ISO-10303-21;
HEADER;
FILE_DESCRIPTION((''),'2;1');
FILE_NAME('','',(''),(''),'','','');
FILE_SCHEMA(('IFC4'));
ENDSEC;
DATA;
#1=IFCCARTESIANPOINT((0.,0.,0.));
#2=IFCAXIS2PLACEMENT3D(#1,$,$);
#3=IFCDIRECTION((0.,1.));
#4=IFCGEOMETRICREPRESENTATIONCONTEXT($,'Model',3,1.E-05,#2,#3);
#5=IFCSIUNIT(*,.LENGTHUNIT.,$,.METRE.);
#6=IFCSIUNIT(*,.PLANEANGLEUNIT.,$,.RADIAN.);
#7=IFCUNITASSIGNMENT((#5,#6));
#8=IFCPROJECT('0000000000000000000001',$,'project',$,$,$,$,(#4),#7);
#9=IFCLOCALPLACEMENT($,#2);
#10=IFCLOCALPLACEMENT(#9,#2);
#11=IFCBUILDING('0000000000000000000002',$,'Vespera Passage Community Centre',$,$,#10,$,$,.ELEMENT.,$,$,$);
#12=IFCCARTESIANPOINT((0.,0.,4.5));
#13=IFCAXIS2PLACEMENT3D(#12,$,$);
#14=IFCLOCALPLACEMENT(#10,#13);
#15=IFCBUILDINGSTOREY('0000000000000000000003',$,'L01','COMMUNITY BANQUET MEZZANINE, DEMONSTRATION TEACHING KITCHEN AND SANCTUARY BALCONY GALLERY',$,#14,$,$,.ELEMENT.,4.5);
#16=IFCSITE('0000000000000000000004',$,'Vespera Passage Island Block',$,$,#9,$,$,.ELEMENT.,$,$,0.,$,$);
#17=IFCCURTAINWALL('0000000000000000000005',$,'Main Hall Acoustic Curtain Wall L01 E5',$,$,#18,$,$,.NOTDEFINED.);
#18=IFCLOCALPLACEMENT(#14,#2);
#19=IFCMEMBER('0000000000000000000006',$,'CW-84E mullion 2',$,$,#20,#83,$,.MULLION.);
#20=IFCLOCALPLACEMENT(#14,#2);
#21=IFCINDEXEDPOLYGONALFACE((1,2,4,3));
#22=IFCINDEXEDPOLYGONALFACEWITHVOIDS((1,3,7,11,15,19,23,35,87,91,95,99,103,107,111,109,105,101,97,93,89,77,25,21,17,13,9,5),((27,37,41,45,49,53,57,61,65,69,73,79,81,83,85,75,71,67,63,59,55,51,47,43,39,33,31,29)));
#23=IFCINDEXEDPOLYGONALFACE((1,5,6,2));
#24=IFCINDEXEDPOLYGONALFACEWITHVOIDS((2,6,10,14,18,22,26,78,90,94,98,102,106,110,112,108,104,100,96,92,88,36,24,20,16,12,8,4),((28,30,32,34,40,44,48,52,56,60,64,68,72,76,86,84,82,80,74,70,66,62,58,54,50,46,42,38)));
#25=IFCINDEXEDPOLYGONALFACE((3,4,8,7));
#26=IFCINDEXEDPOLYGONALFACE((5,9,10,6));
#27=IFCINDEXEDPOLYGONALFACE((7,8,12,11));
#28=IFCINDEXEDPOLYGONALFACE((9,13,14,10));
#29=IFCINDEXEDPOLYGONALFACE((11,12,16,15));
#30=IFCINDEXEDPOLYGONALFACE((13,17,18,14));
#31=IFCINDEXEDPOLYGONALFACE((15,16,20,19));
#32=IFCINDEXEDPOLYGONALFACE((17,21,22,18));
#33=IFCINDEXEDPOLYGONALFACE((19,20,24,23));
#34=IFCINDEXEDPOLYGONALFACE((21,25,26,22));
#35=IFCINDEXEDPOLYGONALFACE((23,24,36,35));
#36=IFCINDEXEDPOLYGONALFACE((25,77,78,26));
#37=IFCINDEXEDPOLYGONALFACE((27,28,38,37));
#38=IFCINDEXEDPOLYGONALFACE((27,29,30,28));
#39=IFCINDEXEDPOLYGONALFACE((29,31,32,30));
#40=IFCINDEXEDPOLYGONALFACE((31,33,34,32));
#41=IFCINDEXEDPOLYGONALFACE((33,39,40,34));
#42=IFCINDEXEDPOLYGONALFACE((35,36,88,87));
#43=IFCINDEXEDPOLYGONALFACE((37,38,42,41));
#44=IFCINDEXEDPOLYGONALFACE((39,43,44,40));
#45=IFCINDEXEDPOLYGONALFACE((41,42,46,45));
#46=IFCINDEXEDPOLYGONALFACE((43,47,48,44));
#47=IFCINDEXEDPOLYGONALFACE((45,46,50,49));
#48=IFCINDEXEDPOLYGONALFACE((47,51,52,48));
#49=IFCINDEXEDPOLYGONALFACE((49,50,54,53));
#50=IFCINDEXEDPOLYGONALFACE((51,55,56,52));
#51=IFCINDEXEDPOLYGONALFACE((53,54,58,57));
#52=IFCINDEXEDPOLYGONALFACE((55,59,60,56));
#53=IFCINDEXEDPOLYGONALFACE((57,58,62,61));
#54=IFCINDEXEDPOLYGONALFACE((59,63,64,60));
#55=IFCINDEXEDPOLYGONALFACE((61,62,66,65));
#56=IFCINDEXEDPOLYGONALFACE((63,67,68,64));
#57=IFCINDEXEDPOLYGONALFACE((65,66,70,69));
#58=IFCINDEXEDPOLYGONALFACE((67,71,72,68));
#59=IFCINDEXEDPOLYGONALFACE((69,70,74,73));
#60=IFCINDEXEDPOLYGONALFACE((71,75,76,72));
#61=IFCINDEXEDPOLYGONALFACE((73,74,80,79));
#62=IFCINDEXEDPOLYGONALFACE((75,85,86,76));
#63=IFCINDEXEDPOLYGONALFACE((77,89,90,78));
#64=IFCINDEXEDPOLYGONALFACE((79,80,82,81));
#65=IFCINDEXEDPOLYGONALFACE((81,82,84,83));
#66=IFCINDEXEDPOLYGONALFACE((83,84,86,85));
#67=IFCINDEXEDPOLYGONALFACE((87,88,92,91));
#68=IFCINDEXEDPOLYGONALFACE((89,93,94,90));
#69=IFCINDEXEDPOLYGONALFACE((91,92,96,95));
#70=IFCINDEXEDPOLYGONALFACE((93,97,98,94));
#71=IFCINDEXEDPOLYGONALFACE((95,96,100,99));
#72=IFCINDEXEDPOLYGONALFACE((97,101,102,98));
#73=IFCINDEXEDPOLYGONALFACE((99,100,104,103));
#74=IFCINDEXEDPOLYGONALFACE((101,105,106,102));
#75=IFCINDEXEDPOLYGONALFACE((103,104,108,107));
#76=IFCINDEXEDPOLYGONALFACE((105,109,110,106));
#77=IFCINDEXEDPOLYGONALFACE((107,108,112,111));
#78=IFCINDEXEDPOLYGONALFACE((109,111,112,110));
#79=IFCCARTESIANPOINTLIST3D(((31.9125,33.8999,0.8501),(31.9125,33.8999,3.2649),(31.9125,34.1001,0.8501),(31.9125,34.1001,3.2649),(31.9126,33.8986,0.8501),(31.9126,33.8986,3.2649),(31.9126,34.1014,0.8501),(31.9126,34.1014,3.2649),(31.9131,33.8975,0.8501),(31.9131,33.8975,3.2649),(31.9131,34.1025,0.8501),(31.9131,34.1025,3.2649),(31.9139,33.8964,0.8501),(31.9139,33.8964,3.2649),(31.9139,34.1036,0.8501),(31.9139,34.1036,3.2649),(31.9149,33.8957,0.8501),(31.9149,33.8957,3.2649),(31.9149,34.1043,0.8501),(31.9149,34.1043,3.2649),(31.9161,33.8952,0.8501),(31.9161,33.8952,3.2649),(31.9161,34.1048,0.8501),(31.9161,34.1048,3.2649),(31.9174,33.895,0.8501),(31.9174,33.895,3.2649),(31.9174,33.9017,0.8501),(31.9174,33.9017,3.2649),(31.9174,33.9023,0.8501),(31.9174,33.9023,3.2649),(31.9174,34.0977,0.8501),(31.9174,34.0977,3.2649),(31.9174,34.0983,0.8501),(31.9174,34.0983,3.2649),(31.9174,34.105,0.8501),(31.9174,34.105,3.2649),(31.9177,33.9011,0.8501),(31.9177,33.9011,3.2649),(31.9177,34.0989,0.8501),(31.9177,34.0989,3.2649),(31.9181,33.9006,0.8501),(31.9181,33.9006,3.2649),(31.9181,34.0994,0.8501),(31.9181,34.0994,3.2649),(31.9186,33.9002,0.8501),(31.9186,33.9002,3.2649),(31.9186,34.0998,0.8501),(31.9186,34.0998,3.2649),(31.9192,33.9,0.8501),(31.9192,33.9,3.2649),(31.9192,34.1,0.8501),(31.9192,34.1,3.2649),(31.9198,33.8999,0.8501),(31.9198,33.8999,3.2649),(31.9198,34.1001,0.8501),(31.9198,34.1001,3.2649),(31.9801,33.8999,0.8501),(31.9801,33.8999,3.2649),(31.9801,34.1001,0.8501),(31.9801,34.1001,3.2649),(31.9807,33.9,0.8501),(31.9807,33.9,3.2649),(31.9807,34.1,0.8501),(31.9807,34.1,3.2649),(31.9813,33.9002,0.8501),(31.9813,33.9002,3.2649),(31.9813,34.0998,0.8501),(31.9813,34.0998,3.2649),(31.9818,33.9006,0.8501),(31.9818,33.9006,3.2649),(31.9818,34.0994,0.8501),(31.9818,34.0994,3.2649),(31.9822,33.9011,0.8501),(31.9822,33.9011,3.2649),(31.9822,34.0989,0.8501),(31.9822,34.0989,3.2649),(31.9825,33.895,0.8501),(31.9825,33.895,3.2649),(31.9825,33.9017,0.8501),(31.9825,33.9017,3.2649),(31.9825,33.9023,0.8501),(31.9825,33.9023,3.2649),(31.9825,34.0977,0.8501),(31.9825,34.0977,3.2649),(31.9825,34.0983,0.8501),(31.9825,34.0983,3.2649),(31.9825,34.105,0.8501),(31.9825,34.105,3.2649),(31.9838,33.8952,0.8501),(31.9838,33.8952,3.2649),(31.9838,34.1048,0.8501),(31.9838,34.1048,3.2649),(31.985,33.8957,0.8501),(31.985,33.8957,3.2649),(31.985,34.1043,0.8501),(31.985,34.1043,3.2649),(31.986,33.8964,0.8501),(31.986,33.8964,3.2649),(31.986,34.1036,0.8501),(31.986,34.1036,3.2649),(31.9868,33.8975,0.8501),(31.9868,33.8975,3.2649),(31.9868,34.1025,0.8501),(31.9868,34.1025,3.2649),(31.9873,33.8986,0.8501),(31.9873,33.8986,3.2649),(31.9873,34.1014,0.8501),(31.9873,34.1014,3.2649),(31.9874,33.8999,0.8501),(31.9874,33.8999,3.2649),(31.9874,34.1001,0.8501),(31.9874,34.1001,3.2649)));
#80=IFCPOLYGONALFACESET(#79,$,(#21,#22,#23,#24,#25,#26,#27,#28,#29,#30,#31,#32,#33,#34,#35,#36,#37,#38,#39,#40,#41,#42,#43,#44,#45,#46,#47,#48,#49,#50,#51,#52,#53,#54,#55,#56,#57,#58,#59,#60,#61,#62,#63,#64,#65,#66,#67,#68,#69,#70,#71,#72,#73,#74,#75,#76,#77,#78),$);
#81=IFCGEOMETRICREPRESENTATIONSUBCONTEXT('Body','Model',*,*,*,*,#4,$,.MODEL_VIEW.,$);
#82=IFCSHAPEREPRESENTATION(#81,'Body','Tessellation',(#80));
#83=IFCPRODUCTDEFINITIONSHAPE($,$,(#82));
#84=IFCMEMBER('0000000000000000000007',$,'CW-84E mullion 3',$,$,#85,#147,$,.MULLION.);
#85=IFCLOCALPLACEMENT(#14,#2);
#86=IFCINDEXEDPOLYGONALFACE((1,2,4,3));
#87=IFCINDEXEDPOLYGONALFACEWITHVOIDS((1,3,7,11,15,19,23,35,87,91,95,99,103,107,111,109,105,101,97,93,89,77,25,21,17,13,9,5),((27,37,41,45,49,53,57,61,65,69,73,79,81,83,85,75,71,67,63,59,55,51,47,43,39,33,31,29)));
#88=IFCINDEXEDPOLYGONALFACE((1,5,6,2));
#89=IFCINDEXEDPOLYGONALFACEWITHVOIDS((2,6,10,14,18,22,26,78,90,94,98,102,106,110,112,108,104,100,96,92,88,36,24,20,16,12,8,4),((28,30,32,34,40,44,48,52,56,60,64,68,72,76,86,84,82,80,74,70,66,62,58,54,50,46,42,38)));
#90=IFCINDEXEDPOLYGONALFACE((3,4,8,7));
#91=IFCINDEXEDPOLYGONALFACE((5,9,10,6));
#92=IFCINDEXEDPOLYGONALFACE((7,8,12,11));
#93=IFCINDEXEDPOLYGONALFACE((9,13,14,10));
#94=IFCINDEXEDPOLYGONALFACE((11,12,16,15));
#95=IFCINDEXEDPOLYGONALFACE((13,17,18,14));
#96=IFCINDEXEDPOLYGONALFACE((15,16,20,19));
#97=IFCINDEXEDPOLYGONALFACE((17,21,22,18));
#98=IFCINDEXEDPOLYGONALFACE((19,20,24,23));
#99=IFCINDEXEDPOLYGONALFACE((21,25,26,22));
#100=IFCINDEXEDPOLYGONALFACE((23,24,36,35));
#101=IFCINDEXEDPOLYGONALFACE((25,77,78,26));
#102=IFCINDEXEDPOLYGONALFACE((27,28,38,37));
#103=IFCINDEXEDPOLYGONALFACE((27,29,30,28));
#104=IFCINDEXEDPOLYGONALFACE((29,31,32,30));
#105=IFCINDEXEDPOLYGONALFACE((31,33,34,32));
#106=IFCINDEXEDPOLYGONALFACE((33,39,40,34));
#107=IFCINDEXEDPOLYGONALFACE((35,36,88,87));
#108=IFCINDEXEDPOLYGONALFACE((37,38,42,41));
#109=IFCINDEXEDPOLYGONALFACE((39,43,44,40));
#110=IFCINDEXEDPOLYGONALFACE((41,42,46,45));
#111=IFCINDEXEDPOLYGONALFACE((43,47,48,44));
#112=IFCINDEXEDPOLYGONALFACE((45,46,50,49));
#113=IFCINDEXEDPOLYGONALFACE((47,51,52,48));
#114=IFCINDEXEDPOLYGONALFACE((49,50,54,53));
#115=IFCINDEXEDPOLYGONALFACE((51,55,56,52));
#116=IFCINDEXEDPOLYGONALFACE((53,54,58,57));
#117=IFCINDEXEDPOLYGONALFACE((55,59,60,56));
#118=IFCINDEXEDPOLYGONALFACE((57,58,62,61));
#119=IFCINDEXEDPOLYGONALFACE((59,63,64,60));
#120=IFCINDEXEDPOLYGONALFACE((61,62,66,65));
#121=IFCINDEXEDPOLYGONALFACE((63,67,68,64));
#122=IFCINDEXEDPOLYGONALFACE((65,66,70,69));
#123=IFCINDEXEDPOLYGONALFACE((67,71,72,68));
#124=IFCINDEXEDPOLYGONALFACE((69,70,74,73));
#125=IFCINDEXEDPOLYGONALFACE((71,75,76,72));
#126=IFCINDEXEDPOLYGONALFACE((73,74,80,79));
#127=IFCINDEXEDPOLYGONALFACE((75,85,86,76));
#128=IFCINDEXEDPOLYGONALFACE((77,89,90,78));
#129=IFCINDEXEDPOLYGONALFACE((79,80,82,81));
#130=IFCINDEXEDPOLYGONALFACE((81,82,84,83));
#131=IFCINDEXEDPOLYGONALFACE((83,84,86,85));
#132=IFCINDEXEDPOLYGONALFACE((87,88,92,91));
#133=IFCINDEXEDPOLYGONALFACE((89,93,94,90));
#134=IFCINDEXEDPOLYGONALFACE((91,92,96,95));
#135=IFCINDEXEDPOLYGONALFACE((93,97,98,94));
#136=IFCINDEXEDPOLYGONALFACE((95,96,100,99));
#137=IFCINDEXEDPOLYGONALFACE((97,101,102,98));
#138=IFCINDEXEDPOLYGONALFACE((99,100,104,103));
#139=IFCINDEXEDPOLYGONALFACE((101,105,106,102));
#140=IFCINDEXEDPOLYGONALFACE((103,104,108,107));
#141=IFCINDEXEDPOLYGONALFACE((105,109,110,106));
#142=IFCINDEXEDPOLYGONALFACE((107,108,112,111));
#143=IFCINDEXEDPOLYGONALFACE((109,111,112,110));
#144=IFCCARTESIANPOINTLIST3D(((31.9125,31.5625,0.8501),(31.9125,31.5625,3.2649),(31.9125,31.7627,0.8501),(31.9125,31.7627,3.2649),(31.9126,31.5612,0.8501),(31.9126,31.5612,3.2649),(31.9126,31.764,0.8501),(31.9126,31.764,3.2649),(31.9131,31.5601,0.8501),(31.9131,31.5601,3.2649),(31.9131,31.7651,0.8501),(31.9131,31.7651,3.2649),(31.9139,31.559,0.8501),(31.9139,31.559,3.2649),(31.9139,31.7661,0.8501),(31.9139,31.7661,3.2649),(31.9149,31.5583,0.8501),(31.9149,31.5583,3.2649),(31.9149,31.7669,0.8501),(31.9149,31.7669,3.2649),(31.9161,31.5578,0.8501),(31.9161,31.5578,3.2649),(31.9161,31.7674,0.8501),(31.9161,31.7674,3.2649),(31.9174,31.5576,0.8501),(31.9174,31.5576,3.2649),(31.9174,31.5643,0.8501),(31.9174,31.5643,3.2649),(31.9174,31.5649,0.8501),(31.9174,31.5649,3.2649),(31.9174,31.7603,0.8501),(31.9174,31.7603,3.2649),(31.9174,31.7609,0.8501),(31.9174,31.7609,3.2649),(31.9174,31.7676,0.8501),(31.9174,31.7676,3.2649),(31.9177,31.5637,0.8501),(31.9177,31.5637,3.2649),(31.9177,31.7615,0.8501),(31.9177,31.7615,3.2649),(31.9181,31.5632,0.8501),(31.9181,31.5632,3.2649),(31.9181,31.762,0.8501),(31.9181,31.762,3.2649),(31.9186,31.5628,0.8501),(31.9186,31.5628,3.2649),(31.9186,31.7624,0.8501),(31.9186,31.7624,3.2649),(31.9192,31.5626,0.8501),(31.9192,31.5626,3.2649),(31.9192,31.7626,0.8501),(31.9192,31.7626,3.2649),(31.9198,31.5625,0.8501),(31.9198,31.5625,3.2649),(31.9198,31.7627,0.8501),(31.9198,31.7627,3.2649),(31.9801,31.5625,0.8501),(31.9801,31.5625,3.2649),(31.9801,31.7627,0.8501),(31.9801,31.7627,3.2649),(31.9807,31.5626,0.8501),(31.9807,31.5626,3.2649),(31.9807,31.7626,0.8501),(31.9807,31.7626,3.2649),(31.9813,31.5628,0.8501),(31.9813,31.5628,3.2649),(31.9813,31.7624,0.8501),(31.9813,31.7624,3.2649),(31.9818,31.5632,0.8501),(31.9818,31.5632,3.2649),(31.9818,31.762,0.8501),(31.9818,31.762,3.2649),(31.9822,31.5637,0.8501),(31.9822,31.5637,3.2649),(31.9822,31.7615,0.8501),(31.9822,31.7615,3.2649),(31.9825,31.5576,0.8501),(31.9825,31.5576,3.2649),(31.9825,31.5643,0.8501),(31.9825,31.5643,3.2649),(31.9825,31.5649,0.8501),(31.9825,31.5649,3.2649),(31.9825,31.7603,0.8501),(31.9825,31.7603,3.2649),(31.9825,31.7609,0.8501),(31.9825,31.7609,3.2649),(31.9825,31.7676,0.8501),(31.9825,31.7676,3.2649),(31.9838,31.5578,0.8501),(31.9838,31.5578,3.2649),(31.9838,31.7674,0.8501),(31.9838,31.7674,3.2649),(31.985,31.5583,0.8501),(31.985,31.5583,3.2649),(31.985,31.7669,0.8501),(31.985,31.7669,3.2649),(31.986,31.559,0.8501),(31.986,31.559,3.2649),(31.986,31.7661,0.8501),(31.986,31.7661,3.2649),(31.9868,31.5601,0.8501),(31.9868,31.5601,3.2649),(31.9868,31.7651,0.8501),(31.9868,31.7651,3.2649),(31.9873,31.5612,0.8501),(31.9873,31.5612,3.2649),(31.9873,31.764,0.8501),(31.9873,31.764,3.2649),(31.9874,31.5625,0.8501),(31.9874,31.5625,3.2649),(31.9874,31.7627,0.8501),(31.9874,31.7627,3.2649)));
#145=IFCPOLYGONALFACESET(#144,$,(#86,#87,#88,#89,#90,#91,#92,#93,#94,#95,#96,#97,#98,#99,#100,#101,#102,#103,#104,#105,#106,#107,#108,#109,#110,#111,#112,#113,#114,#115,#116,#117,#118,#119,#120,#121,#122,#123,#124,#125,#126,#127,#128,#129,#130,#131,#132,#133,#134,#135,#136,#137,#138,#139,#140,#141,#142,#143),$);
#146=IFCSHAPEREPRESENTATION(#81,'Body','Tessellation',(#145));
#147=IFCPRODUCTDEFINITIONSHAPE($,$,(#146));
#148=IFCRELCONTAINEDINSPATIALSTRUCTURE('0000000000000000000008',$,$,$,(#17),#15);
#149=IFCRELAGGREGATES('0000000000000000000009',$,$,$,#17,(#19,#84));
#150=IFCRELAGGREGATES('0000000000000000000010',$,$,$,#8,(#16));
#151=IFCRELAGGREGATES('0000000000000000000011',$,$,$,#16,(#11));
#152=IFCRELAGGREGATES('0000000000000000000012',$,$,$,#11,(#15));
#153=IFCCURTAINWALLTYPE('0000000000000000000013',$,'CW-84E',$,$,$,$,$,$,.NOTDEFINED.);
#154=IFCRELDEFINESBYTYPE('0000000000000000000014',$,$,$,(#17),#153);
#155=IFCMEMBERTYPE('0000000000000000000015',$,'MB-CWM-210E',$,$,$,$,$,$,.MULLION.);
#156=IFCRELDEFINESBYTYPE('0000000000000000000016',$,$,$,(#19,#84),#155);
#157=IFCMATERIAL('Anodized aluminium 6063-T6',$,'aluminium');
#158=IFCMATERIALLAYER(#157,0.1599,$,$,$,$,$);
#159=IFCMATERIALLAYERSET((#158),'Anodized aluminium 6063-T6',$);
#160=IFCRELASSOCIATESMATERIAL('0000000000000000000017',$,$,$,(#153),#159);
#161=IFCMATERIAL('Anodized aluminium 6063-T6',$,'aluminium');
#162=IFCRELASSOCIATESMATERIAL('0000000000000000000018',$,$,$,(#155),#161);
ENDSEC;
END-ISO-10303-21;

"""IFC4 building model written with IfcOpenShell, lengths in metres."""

from ifc_helpers import new_model, si_unit, direction, frame, origin, origin_2d, place, context, subcontext, project, spatial, hollow_rectangle, extrude, material, layer, layer_set, material_profile, profile_set, type_object, element, aggregate, save


model = new_model("IFC4")

# Units and contexts
model_context = context("Model", 3, precision=1e-05, world=origin(), true_north=direction((0.0, 1.0)))
body_context = subcontext(model_context, "Body", "Model", "MODEL_VIEW")
ifc_project = project(units=[si_unit("LENGTHUNIT", "METRE"), si_unit("PLANEANGLEUNIT", "RADIAN")], contexts=[model_context])

# Site, building, storey
site_placement = place(None, origin())
site = spatial("IfcSite", under=ifc_project, at=site_placement, Name="Vespera Passage Island Block", CompositionType="ELEMENT", RefElevation=0.0)
building_placement = place(site_placement, origin())
building = spatial("IfcBuilding", under=site, at=building_placement, Name="Vespera Passage Community Centre", CompositionType="ELEMENT")
storey_placement = place(building_placement, frame((0.0, 0.0, 4.5)))
storey = spatial("IfcBuildingStorey", under=building, at=storey_placement, Name="L01", Description="COMMUNITY BANQUET MEZZANINE, DEMONSTRATION TEACHING KITCHEN AND SANCTUARY BALCONY GALLERY", CompositionType="ELEMENT", Elevation=4.5)

# Curtain wall, members
ifc_material_1 = material(Name="Anodized aluminium 6063-T6", Category="aluminium")
ifc_layer_1 = layer(ifc_material_1, 0.1599)
ifc_layer_set_1 = layer_set([ifc_layer_1], Name="Anodized aluminium 6063-T6")
curtain_wall_type = type_object("IfcCurtainWallType", Name="CW-84E", PredefinedType="NOTDEFINED", material=ifc_layer_set_1)
curtain_wall_1_placement = place(storey_placement, origin())
curtain_wall_1 = element("IfcCurtainWall", 1, at=curtain_wall_1_placement, inside=storey, type_object=curtain_wall_type, Name="Main Hall Acoustic Curtain Wall L01 E5", PredefinedType="NOTDEFINED")
ifc_material_2 = material(Name="Anodized aluminium 6063-T6", Category="aluminium")
ifc_material_profile_1 = material_profile(ifc_material_2, hollow_rectangle(XDim=0.075, YDim=0.21, WallThickness=0.0049, InnerFilletRadius=0.0024, OuterFilletRadius=0.0049, at=origin_2d()), Name="ALU210X75X5")
ifc_profile_set_1 = profile_set([ifc_material_profile_1], Name="Anodized aluminium 6063-T6")
member_type_1 = type_object("IfcMemberType", Name="MB-CWM-210E", PredefinedType="MULLION", material=ifc_profile_set_1)
member_1_placement = place(storey_placement, frame((31.95, 34.0, 0.8501), z_axis=(0.0, 0.0, 1.0), x_axis=(1.0, 0.0, 0.0)))
member_1 = element("IfcMember", 2, at=member_1_placement, type_object=member_type_1, Name="CW-84E mullion 2", PredefinedType="MULLION", context=body_context, shape_type="SweptSolid", body=[
    extrude(hollow_rectangle(XDim=0.075, YDim=0.21, WallThickness=0.0049, InnerFilletRadius=0.0024, OuterFilletRadius=0.0049, at=origin_2d()), origin(), (0.0, 0.0, 1.0), 2.4148),
])
member_2_placement = place(storey_placement, frame((31.95, 31.6626, 0.8501), z_axis=(0.0, 0.0, 1.0), x_axis=(1.0, 0.0, 0.0)))
member_2 = element("IfcMember", 3, at=member_2_placement, type_object=member_type_1, Name="CW-84E mullion 3", PredefinedType="MULLION", context=body_context, shape_type="SweptSolid", body=[
    extrude(hollow_rectangle(XDim=0.075, YDim=0.21, WallThickness=0.0049, InnerFilletRadius=0.0024, OuterFilletRadius=0.0049, at=origin_2d()), origin(), (0.0, 0.0, 1.0), 2.4148),
])

aggregate(curtain_wall_1, [member_1, member_2])

save(model, "model.ifc")
